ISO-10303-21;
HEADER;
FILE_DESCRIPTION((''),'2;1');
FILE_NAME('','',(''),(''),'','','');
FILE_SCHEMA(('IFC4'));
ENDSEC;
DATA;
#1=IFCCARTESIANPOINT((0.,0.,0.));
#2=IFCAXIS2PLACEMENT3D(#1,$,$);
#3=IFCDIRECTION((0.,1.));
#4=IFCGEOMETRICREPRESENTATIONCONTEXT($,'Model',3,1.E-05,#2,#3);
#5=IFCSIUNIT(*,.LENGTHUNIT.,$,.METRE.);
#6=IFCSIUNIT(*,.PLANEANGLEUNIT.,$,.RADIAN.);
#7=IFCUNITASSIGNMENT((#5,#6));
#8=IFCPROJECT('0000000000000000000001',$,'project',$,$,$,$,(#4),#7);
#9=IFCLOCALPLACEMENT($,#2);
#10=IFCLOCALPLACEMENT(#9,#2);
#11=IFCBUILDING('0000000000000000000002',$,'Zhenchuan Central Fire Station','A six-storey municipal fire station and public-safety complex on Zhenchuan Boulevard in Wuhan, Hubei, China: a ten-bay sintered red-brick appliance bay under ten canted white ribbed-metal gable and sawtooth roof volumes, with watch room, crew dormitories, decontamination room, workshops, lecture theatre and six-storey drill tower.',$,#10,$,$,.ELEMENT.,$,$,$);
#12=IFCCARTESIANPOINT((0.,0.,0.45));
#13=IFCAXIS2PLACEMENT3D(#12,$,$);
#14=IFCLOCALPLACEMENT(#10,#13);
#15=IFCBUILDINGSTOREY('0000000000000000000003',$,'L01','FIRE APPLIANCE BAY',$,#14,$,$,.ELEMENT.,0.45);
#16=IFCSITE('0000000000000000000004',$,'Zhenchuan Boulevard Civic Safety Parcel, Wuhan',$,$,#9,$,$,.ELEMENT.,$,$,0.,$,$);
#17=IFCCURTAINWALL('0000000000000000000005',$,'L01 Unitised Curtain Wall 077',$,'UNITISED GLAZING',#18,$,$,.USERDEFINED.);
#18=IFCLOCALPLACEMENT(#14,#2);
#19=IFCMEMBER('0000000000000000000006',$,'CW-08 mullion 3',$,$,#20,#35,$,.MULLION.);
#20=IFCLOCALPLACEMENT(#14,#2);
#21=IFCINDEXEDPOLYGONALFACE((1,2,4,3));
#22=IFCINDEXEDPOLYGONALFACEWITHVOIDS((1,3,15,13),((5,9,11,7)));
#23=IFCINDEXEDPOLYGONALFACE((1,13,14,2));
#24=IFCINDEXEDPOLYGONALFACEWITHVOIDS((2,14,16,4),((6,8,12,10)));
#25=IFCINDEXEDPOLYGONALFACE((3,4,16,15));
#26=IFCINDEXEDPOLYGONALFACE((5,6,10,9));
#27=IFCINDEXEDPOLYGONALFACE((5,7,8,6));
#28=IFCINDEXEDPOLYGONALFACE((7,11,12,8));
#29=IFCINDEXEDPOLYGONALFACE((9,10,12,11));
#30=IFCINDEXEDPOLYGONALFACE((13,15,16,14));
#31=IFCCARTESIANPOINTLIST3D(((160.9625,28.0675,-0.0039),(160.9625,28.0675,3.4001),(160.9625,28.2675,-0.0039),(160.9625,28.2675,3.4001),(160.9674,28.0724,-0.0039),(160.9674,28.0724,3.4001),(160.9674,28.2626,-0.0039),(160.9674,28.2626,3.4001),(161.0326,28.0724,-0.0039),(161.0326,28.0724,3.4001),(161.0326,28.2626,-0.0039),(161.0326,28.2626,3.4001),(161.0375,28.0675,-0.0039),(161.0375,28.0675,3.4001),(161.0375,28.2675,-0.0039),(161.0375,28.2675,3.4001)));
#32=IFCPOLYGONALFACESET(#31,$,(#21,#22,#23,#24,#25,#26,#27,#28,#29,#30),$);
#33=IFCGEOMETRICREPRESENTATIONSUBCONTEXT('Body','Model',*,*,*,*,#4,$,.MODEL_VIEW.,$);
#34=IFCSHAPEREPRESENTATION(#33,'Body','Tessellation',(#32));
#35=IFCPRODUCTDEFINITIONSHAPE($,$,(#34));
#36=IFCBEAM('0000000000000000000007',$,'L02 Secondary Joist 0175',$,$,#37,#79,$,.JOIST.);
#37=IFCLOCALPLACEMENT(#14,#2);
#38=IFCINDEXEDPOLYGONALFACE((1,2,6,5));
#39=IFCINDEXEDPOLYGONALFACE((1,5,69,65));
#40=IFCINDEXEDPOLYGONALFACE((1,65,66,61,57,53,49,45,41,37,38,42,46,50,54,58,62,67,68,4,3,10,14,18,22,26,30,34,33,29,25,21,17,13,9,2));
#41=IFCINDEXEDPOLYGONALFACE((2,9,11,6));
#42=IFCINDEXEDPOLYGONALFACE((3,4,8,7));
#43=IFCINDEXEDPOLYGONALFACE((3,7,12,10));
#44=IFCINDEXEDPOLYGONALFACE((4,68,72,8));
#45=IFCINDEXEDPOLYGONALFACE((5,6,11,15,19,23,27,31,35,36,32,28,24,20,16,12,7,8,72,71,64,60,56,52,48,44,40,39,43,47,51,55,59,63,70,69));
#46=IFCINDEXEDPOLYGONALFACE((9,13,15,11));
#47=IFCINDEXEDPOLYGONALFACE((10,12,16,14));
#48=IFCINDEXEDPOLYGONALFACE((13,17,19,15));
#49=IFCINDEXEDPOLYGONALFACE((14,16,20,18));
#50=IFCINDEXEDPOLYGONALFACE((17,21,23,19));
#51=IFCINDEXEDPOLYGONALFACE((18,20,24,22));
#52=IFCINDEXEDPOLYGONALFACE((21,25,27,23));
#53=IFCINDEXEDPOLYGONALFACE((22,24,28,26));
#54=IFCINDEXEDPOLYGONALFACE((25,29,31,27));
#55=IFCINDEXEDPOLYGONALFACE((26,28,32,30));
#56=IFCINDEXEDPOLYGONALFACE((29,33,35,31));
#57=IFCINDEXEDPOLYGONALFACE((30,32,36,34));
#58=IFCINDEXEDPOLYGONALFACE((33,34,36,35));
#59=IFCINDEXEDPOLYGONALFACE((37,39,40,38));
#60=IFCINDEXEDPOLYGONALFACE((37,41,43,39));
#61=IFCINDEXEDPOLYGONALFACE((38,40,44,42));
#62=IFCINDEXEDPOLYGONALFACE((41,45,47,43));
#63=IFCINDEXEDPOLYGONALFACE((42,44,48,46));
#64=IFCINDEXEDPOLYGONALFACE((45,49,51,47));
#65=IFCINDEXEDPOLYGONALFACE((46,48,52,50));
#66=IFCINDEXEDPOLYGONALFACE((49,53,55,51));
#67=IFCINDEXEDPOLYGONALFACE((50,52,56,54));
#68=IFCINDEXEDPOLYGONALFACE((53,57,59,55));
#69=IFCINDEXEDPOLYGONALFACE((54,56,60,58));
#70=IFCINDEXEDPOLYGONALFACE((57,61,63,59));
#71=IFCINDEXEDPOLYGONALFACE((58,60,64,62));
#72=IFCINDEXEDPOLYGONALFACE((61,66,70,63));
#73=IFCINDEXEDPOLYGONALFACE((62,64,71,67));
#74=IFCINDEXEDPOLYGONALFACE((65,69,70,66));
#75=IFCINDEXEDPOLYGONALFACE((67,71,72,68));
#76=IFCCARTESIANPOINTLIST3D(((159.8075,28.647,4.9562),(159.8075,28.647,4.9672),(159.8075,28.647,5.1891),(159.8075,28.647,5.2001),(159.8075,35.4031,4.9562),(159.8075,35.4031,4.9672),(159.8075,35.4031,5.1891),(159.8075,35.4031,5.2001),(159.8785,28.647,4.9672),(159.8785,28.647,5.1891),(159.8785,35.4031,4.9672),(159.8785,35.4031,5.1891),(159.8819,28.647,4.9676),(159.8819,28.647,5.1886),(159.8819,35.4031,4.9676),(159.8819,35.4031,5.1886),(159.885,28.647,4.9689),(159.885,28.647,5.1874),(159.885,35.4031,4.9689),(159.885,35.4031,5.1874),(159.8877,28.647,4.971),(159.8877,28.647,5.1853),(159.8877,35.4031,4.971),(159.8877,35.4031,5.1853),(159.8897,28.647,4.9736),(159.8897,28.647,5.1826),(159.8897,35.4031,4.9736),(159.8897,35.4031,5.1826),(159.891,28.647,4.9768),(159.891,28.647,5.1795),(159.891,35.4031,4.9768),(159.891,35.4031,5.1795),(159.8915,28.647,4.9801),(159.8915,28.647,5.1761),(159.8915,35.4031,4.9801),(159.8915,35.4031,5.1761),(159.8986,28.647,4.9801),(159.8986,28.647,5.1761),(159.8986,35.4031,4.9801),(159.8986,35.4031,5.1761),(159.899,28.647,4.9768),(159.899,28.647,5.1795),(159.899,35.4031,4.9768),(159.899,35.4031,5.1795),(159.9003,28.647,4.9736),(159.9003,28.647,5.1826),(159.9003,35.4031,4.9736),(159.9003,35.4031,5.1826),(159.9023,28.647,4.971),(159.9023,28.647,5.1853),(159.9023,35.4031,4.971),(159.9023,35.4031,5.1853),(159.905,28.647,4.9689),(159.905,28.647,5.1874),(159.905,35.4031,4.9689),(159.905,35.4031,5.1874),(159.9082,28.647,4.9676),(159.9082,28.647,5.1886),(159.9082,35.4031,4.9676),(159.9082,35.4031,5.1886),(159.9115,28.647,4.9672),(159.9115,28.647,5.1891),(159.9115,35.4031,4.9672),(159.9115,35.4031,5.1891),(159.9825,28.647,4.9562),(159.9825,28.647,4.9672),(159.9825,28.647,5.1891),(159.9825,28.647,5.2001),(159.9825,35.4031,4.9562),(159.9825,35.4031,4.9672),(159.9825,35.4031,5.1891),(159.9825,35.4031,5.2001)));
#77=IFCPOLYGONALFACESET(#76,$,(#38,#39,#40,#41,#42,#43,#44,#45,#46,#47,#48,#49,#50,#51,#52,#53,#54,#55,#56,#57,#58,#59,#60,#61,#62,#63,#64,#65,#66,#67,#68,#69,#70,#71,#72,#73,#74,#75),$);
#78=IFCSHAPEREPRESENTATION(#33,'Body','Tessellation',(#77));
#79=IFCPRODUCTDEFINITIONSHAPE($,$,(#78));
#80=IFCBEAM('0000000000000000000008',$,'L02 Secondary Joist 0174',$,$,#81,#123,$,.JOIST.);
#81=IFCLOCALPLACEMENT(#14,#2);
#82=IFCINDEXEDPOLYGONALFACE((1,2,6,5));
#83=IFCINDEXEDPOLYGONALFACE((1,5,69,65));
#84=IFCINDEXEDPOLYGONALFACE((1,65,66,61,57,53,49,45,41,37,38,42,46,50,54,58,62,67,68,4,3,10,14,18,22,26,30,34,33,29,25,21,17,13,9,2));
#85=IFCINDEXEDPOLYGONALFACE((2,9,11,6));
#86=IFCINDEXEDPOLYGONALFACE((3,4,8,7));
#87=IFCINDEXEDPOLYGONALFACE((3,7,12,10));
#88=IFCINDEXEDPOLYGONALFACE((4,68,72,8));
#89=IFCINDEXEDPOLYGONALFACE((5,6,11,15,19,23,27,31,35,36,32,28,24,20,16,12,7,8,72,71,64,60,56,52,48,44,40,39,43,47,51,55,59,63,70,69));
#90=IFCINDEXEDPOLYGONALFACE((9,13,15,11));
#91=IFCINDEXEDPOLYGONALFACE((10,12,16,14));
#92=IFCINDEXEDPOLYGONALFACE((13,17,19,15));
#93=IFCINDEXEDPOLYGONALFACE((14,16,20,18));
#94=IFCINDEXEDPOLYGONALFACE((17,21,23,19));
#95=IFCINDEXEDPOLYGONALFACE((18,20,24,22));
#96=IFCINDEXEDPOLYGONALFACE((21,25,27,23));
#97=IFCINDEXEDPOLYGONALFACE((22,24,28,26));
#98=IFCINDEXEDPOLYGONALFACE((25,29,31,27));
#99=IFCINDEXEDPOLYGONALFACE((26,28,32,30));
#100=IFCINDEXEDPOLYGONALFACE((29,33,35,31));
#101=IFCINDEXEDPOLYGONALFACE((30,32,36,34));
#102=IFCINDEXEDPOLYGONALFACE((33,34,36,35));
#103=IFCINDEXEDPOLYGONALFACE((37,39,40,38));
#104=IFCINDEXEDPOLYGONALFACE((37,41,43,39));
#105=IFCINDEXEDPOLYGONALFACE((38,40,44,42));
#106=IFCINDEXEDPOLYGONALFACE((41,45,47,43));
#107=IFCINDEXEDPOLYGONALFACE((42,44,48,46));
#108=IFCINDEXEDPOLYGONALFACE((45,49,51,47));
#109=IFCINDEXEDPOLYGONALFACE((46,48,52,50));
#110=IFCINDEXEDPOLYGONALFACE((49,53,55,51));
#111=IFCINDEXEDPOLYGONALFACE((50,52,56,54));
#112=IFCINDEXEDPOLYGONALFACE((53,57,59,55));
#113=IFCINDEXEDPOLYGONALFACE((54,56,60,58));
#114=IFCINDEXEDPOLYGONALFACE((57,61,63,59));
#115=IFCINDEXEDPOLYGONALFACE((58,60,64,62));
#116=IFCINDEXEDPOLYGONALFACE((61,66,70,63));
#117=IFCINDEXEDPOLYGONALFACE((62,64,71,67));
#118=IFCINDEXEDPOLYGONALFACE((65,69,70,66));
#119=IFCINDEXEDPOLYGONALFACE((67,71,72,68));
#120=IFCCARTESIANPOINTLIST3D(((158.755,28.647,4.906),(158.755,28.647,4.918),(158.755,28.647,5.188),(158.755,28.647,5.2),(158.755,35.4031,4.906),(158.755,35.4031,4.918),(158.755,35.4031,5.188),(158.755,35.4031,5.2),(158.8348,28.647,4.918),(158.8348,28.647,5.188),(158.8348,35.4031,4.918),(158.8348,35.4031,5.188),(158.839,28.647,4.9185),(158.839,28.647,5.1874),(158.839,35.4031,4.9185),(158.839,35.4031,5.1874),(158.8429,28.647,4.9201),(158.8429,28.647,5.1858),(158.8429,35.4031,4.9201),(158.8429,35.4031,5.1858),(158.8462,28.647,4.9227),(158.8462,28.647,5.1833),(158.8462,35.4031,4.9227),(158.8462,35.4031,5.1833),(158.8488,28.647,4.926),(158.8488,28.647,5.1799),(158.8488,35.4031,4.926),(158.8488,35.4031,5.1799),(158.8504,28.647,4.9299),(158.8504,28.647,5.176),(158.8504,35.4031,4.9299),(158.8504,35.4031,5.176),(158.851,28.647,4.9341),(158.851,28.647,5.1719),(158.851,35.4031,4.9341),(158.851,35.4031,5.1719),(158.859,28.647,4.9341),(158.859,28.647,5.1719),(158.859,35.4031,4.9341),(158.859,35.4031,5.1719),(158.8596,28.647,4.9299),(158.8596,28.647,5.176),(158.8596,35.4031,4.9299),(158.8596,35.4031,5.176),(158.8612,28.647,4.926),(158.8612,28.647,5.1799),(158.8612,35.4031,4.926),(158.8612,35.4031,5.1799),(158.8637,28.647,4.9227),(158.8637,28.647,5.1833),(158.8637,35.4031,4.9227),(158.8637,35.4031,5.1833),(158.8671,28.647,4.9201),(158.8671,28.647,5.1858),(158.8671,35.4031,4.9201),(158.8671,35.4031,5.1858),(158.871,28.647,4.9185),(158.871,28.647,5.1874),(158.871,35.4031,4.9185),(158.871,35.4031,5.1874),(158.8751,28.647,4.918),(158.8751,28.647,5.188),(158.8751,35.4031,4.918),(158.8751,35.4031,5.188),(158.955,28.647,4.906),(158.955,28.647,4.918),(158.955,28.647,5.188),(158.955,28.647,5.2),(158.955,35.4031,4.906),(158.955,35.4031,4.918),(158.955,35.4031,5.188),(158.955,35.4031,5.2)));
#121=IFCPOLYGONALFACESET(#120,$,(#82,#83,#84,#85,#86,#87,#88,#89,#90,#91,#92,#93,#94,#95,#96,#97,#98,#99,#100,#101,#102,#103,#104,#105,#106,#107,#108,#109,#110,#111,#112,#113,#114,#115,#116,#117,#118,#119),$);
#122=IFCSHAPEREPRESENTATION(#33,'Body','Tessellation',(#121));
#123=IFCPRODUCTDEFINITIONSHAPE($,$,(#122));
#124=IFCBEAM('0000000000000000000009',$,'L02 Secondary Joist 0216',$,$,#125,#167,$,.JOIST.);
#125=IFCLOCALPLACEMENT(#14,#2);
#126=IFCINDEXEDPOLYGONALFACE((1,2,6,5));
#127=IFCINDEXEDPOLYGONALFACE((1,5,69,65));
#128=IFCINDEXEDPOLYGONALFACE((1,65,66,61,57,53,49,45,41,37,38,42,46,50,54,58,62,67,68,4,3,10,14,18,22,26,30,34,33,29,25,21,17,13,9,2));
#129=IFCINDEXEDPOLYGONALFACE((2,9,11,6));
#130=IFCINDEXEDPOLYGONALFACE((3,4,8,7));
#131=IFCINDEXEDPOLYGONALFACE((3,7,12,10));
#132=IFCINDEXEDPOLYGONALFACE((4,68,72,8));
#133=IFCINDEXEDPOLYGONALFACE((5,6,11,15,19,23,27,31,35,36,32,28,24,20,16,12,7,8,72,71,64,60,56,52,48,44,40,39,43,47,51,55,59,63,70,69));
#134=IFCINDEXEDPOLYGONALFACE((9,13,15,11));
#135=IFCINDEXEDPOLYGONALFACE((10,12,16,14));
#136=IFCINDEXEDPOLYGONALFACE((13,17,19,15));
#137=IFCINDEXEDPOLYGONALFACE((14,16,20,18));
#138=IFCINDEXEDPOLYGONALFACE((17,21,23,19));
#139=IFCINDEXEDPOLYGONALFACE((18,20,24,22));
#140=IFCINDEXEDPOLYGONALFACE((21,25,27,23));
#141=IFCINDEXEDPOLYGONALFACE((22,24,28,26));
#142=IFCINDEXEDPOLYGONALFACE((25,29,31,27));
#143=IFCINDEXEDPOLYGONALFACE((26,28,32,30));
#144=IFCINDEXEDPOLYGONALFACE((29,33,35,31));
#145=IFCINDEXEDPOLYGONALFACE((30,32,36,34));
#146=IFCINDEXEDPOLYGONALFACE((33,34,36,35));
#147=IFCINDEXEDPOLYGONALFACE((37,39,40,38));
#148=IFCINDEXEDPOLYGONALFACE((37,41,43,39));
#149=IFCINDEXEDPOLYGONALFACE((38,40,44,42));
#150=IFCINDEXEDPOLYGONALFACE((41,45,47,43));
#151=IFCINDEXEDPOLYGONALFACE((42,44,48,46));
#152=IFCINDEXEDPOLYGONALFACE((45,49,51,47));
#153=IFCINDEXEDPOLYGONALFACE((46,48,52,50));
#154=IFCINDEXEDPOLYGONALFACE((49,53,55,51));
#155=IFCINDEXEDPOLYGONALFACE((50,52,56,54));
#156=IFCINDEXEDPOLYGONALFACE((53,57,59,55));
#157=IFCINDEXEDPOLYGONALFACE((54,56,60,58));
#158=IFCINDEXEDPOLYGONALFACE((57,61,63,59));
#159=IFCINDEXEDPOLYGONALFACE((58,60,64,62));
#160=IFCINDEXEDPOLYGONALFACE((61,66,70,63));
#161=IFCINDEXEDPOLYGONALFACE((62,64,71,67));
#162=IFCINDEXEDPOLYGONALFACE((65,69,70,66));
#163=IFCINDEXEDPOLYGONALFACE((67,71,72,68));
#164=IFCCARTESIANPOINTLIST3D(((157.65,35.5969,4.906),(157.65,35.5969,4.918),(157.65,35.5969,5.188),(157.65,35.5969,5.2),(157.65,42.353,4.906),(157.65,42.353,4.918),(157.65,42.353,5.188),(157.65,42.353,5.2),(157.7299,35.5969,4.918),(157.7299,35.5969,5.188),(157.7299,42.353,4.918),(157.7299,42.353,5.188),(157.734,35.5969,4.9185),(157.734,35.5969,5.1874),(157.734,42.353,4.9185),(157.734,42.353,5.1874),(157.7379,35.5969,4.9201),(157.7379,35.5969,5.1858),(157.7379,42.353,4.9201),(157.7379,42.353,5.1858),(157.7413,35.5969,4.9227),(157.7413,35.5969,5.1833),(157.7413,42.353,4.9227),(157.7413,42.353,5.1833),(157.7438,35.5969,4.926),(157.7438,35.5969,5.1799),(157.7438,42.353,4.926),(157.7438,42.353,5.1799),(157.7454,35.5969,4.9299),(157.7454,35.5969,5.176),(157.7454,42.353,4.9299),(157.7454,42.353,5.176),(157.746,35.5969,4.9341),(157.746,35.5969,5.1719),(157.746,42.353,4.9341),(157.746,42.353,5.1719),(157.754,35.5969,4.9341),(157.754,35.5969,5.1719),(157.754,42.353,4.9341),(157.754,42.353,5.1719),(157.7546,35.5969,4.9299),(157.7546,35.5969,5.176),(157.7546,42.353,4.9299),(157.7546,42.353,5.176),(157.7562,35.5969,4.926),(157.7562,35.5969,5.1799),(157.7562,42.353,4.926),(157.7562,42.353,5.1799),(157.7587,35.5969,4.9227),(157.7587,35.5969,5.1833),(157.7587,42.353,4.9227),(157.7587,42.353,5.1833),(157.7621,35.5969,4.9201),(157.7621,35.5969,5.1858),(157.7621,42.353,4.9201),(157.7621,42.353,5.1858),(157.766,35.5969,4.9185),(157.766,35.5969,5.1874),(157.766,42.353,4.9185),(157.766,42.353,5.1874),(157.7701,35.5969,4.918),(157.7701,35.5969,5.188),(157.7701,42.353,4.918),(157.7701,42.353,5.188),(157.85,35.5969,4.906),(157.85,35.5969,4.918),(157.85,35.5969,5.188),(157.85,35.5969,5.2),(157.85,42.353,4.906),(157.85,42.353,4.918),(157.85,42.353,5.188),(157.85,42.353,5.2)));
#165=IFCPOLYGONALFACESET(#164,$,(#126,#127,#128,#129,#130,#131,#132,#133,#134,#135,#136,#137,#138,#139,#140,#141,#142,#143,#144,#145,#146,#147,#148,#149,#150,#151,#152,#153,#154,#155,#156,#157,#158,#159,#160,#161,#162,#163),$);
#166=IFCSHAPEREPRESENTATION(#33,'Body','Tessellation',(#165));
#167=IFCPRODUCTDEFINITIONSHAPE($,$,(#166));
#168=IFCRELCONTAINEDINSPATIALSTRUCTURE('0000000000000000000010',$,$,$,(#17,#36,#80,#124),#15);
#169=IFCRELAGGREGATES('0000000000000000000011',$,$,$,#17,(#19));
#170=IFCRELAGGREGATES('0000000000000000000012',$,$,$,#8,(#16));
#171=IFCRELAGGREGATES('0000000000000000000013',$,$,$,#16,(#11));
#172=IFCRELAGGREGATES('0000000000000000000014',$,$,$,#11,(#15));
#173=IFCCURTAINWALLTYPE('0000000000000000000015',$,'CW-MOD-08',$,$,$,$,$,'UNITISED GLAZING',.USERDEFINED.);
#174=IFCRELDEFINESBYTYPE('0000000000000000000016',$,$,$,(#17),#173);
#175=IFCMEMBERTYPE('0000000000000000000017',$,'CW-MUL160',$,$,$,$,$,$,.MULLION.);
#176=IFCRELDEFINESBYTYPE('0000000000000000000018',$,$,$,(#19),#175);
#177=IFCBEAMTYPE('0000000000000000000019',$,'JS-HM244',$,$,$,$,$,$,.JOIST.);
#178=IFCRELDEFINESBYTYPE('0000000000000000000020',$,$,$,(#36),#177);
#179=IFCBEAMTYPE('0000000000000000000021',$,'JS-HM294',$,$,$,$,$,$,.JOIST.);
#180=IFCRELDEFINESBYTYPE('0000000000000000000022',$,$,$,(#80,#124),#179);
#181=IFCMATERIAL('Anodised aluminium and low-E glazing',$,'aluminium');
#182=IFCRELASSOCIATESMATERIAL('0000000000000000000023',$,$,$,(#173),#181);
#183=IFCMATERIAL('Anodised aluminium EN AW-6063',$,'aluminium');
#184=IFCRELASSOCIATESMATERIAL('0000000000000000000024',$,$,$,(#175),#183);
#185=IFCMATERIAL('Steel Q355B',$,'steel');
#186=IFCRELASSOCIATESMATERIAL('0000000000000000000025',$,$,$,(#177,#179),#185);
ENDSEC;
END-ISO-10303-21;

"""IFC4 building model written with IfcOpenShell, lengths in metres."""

from ifc_helpers import new_model, si_unit, direction, frame, origin, origin_2d, place, context, subcontext, project, spatial, hollow_rectangle, i_section, extrude, material, material_profile, profile_set, type_object, element, aggregate, save


model = new_model("IFC4")

# Units and contexts
model_context = context("Model", 3, precision=1e-05, world=origin(), true_north=direction((0.0, 1.0)))
body_context = subcontext(model_context, "Body", "Model", "MODEL_VIEW")
ifc_project = project(units=[si_unit("LENGTHUNIT", "METRE"), si_unit("PLANEANGLEUNIT", "RADIAN")], contexts=[model_context])

# Site, building, storey
site_placement = place(None, origin())
site = spatial("IfcSite", under=ifc_project, at=site_placement, Name="Zhenchuan Boulevard Civic Safety Parcel, Wuhan", CompositionType="ELEMENT", RefElevation=0.0)
building_placement = place(site_placement, origin())
building = spatial("IfcBuilding", under=site, at=building_placement, Name="Zhenchuan Central Fire Station", Description="A six-storey municipal fire station and public-safety complex on Zhenchuan Boulevard in Wuhan, Hubei, China: a ten-bay sintered red-brick appliance bay under ten canted white ribbed-metal gable and sawtooth roof volumes, with watch room, crew dormitories, decontamination room, workshops, lecture theatre and six-storey drill tower.", CompositionType="ELEMENT")
storey_placement = place(building_placement, frame((0.0, 0.0, 0.45)))
storey = spatial("IfcBuildingStorey", under=building, at=storey_placement, Name="L01", Description="FIRE APPLIANCE BAY", CompositionType="ELEMENT", Elevation=0.45)

# Shared definitions
ifc_material_1 = material(Name="Steel Q355B", Category="steel")

# Curtain wall, member
ifc_material_2 = material(Name="Anodised aluminium and low-E glazing", Category="aluminium")
curtain_wall_type = type_object("IfcCurtainWallType", Name="CW-MOD-08", ElementType="UNITISED GLAZING", PredefinedType="USERDEFINED", material=ifc_material_2)
curtain_wall_placement = place(storey_placement, origin())
curtain_wall = element("IfcCurtainWall", 1, at=curtain_wall_placement, inside=storey, type_object=curtain_wall_type, Name="L01 Unitised Curtain Wall 077", ObjectType="UNITISED GLAZING", PredefinedType="USERDEFINED")
ifc_material_3 = material(Name="Anodised aluminium EN AW-6063", Category="aluminium")
ifc_material_profile_1 = material_profile(ifc_material_3, hollow_rectangle(XDim=0.075, YDim=0.2, WallThickness=0.0049, at=origin_2d()), Name="ALU-M 200x75")
ifc_profile_set_1 = profile_set([ifc_material_profile_1], Name="Anodised aluminium EN AW-6063")
member_type = type_object("IfcMemberType", Name="CW-MUL160", PredefinedType="MULLION", material=ifc_profile_set_1)
member_placement = place(storey_placement, frame((161.0, 28.1675, -0.0039), z_axis=(0.0, 0.0, 1.0), x_axis=(-1.0, 0.0, 0.0)))
member = element("IfcMember", 2, at=member_placement, type_object=member_type, Name="CW-08 mullion 3", PredefinedType="MULLION", context=body_context, shape_type="SweptSolid", body=[
    extrude(hollow_rectangle(XDim=0.075, YDim=0.2, WallThickness=0.0049, at=origin_2d()), origin(), (0.0, 0.0, 1.0), 3.4041),
])

# Beams
ifc_material_profile_2 = material_profile(ifc_material_1, i_section(OverallWidth=0.175, OverallDepth=0.2439, WebThickness=0.0071, FlangeThickness=0.011, FilletRadius=0.0129, at=origin_2d()), Name="HM 244x175")
ifc_profile_set_2 = profile_set([ifc_material_profile_2], Name="Steel Q355B")
beam_type_1 = type_object("IfcBeamType", Name="JS-HM244", PredefinedType="JOIST", material=ifc_profile_set_2)
beam_1_placement = place(storey_placement, frame((159.895, 28.647, 5.0781), z_axis=(0.0, 1.0, 0.0), x_axis=(-1.0, 0.0, 0.0)))
element("IfcBeam", 3, at=beam_1_placement, inside=storey, type_object=beam_type_1, Name="L02 Secondary Joist 0175", PredefinedType="JOIST", context=body_context, shape_type="SweptSolid", body=[
    extrude(i_section(OverallWidth=0.175, OverallDepth=0.2439, WebThickness=0.0071, FlangeThickness=0.011, FilletRadius=0.0129, at=origin_2d()), origin(), (0.0, 0.0, 1.0), 6.7561),
])
ifc_material_profile_3 = material_profile(ifc_material_1, i_section(OverallWidth=0.2, OverallDepth=0.2939, WebThickness=0.0081, FlangeThickness=0.012, FilletRadius=0.0161, at=origin_2d()), Name="HM 294x200")
ifc_profile_set_3 = profile_set([ifc_material_profile_3], Name="Steel Q355B")
beam_type_2 = type_object("IfcBeamType", Name="JS-HM294", PredefinedType="JOIST", material=ifc_profile_set_3)
for number, where, z_axis, x_axis, name in (
    (4, (158.855, 28.647, 5.053), (0.0, 1.0, 0.0), (-1.0, 0.0, 0.0), "L02 Secondary Joist 0174"),
    (5, (157.75, 35.5969, 5.053), (0.0, 1.0, 0.0), (-1.0, 0.0, 0.0), "L02 Secondary Joist 0216"),
):
    element("IfcBeam", number, at=place(storey_placement, frame(where, z_axis=z_axis, x_axis=x_axis)), inside=storey, type_object=beam_type_2, Name=name, PredefinedType="JOIST", context=body_context, shape_type="SweptSolid", body=[
        extrude(i_section(OverallWidth=0.2, OverallDepth=0.2939, WebThickness=0.0081, FlangeThickness=0.012, FilletRadius=0.0161, at=origin_2d()), origin(), (0.0, 0.0, 1.0), 6.7561),
    ])

aggregate(curtain_wall, [member])

save(model, "model.ifc")
